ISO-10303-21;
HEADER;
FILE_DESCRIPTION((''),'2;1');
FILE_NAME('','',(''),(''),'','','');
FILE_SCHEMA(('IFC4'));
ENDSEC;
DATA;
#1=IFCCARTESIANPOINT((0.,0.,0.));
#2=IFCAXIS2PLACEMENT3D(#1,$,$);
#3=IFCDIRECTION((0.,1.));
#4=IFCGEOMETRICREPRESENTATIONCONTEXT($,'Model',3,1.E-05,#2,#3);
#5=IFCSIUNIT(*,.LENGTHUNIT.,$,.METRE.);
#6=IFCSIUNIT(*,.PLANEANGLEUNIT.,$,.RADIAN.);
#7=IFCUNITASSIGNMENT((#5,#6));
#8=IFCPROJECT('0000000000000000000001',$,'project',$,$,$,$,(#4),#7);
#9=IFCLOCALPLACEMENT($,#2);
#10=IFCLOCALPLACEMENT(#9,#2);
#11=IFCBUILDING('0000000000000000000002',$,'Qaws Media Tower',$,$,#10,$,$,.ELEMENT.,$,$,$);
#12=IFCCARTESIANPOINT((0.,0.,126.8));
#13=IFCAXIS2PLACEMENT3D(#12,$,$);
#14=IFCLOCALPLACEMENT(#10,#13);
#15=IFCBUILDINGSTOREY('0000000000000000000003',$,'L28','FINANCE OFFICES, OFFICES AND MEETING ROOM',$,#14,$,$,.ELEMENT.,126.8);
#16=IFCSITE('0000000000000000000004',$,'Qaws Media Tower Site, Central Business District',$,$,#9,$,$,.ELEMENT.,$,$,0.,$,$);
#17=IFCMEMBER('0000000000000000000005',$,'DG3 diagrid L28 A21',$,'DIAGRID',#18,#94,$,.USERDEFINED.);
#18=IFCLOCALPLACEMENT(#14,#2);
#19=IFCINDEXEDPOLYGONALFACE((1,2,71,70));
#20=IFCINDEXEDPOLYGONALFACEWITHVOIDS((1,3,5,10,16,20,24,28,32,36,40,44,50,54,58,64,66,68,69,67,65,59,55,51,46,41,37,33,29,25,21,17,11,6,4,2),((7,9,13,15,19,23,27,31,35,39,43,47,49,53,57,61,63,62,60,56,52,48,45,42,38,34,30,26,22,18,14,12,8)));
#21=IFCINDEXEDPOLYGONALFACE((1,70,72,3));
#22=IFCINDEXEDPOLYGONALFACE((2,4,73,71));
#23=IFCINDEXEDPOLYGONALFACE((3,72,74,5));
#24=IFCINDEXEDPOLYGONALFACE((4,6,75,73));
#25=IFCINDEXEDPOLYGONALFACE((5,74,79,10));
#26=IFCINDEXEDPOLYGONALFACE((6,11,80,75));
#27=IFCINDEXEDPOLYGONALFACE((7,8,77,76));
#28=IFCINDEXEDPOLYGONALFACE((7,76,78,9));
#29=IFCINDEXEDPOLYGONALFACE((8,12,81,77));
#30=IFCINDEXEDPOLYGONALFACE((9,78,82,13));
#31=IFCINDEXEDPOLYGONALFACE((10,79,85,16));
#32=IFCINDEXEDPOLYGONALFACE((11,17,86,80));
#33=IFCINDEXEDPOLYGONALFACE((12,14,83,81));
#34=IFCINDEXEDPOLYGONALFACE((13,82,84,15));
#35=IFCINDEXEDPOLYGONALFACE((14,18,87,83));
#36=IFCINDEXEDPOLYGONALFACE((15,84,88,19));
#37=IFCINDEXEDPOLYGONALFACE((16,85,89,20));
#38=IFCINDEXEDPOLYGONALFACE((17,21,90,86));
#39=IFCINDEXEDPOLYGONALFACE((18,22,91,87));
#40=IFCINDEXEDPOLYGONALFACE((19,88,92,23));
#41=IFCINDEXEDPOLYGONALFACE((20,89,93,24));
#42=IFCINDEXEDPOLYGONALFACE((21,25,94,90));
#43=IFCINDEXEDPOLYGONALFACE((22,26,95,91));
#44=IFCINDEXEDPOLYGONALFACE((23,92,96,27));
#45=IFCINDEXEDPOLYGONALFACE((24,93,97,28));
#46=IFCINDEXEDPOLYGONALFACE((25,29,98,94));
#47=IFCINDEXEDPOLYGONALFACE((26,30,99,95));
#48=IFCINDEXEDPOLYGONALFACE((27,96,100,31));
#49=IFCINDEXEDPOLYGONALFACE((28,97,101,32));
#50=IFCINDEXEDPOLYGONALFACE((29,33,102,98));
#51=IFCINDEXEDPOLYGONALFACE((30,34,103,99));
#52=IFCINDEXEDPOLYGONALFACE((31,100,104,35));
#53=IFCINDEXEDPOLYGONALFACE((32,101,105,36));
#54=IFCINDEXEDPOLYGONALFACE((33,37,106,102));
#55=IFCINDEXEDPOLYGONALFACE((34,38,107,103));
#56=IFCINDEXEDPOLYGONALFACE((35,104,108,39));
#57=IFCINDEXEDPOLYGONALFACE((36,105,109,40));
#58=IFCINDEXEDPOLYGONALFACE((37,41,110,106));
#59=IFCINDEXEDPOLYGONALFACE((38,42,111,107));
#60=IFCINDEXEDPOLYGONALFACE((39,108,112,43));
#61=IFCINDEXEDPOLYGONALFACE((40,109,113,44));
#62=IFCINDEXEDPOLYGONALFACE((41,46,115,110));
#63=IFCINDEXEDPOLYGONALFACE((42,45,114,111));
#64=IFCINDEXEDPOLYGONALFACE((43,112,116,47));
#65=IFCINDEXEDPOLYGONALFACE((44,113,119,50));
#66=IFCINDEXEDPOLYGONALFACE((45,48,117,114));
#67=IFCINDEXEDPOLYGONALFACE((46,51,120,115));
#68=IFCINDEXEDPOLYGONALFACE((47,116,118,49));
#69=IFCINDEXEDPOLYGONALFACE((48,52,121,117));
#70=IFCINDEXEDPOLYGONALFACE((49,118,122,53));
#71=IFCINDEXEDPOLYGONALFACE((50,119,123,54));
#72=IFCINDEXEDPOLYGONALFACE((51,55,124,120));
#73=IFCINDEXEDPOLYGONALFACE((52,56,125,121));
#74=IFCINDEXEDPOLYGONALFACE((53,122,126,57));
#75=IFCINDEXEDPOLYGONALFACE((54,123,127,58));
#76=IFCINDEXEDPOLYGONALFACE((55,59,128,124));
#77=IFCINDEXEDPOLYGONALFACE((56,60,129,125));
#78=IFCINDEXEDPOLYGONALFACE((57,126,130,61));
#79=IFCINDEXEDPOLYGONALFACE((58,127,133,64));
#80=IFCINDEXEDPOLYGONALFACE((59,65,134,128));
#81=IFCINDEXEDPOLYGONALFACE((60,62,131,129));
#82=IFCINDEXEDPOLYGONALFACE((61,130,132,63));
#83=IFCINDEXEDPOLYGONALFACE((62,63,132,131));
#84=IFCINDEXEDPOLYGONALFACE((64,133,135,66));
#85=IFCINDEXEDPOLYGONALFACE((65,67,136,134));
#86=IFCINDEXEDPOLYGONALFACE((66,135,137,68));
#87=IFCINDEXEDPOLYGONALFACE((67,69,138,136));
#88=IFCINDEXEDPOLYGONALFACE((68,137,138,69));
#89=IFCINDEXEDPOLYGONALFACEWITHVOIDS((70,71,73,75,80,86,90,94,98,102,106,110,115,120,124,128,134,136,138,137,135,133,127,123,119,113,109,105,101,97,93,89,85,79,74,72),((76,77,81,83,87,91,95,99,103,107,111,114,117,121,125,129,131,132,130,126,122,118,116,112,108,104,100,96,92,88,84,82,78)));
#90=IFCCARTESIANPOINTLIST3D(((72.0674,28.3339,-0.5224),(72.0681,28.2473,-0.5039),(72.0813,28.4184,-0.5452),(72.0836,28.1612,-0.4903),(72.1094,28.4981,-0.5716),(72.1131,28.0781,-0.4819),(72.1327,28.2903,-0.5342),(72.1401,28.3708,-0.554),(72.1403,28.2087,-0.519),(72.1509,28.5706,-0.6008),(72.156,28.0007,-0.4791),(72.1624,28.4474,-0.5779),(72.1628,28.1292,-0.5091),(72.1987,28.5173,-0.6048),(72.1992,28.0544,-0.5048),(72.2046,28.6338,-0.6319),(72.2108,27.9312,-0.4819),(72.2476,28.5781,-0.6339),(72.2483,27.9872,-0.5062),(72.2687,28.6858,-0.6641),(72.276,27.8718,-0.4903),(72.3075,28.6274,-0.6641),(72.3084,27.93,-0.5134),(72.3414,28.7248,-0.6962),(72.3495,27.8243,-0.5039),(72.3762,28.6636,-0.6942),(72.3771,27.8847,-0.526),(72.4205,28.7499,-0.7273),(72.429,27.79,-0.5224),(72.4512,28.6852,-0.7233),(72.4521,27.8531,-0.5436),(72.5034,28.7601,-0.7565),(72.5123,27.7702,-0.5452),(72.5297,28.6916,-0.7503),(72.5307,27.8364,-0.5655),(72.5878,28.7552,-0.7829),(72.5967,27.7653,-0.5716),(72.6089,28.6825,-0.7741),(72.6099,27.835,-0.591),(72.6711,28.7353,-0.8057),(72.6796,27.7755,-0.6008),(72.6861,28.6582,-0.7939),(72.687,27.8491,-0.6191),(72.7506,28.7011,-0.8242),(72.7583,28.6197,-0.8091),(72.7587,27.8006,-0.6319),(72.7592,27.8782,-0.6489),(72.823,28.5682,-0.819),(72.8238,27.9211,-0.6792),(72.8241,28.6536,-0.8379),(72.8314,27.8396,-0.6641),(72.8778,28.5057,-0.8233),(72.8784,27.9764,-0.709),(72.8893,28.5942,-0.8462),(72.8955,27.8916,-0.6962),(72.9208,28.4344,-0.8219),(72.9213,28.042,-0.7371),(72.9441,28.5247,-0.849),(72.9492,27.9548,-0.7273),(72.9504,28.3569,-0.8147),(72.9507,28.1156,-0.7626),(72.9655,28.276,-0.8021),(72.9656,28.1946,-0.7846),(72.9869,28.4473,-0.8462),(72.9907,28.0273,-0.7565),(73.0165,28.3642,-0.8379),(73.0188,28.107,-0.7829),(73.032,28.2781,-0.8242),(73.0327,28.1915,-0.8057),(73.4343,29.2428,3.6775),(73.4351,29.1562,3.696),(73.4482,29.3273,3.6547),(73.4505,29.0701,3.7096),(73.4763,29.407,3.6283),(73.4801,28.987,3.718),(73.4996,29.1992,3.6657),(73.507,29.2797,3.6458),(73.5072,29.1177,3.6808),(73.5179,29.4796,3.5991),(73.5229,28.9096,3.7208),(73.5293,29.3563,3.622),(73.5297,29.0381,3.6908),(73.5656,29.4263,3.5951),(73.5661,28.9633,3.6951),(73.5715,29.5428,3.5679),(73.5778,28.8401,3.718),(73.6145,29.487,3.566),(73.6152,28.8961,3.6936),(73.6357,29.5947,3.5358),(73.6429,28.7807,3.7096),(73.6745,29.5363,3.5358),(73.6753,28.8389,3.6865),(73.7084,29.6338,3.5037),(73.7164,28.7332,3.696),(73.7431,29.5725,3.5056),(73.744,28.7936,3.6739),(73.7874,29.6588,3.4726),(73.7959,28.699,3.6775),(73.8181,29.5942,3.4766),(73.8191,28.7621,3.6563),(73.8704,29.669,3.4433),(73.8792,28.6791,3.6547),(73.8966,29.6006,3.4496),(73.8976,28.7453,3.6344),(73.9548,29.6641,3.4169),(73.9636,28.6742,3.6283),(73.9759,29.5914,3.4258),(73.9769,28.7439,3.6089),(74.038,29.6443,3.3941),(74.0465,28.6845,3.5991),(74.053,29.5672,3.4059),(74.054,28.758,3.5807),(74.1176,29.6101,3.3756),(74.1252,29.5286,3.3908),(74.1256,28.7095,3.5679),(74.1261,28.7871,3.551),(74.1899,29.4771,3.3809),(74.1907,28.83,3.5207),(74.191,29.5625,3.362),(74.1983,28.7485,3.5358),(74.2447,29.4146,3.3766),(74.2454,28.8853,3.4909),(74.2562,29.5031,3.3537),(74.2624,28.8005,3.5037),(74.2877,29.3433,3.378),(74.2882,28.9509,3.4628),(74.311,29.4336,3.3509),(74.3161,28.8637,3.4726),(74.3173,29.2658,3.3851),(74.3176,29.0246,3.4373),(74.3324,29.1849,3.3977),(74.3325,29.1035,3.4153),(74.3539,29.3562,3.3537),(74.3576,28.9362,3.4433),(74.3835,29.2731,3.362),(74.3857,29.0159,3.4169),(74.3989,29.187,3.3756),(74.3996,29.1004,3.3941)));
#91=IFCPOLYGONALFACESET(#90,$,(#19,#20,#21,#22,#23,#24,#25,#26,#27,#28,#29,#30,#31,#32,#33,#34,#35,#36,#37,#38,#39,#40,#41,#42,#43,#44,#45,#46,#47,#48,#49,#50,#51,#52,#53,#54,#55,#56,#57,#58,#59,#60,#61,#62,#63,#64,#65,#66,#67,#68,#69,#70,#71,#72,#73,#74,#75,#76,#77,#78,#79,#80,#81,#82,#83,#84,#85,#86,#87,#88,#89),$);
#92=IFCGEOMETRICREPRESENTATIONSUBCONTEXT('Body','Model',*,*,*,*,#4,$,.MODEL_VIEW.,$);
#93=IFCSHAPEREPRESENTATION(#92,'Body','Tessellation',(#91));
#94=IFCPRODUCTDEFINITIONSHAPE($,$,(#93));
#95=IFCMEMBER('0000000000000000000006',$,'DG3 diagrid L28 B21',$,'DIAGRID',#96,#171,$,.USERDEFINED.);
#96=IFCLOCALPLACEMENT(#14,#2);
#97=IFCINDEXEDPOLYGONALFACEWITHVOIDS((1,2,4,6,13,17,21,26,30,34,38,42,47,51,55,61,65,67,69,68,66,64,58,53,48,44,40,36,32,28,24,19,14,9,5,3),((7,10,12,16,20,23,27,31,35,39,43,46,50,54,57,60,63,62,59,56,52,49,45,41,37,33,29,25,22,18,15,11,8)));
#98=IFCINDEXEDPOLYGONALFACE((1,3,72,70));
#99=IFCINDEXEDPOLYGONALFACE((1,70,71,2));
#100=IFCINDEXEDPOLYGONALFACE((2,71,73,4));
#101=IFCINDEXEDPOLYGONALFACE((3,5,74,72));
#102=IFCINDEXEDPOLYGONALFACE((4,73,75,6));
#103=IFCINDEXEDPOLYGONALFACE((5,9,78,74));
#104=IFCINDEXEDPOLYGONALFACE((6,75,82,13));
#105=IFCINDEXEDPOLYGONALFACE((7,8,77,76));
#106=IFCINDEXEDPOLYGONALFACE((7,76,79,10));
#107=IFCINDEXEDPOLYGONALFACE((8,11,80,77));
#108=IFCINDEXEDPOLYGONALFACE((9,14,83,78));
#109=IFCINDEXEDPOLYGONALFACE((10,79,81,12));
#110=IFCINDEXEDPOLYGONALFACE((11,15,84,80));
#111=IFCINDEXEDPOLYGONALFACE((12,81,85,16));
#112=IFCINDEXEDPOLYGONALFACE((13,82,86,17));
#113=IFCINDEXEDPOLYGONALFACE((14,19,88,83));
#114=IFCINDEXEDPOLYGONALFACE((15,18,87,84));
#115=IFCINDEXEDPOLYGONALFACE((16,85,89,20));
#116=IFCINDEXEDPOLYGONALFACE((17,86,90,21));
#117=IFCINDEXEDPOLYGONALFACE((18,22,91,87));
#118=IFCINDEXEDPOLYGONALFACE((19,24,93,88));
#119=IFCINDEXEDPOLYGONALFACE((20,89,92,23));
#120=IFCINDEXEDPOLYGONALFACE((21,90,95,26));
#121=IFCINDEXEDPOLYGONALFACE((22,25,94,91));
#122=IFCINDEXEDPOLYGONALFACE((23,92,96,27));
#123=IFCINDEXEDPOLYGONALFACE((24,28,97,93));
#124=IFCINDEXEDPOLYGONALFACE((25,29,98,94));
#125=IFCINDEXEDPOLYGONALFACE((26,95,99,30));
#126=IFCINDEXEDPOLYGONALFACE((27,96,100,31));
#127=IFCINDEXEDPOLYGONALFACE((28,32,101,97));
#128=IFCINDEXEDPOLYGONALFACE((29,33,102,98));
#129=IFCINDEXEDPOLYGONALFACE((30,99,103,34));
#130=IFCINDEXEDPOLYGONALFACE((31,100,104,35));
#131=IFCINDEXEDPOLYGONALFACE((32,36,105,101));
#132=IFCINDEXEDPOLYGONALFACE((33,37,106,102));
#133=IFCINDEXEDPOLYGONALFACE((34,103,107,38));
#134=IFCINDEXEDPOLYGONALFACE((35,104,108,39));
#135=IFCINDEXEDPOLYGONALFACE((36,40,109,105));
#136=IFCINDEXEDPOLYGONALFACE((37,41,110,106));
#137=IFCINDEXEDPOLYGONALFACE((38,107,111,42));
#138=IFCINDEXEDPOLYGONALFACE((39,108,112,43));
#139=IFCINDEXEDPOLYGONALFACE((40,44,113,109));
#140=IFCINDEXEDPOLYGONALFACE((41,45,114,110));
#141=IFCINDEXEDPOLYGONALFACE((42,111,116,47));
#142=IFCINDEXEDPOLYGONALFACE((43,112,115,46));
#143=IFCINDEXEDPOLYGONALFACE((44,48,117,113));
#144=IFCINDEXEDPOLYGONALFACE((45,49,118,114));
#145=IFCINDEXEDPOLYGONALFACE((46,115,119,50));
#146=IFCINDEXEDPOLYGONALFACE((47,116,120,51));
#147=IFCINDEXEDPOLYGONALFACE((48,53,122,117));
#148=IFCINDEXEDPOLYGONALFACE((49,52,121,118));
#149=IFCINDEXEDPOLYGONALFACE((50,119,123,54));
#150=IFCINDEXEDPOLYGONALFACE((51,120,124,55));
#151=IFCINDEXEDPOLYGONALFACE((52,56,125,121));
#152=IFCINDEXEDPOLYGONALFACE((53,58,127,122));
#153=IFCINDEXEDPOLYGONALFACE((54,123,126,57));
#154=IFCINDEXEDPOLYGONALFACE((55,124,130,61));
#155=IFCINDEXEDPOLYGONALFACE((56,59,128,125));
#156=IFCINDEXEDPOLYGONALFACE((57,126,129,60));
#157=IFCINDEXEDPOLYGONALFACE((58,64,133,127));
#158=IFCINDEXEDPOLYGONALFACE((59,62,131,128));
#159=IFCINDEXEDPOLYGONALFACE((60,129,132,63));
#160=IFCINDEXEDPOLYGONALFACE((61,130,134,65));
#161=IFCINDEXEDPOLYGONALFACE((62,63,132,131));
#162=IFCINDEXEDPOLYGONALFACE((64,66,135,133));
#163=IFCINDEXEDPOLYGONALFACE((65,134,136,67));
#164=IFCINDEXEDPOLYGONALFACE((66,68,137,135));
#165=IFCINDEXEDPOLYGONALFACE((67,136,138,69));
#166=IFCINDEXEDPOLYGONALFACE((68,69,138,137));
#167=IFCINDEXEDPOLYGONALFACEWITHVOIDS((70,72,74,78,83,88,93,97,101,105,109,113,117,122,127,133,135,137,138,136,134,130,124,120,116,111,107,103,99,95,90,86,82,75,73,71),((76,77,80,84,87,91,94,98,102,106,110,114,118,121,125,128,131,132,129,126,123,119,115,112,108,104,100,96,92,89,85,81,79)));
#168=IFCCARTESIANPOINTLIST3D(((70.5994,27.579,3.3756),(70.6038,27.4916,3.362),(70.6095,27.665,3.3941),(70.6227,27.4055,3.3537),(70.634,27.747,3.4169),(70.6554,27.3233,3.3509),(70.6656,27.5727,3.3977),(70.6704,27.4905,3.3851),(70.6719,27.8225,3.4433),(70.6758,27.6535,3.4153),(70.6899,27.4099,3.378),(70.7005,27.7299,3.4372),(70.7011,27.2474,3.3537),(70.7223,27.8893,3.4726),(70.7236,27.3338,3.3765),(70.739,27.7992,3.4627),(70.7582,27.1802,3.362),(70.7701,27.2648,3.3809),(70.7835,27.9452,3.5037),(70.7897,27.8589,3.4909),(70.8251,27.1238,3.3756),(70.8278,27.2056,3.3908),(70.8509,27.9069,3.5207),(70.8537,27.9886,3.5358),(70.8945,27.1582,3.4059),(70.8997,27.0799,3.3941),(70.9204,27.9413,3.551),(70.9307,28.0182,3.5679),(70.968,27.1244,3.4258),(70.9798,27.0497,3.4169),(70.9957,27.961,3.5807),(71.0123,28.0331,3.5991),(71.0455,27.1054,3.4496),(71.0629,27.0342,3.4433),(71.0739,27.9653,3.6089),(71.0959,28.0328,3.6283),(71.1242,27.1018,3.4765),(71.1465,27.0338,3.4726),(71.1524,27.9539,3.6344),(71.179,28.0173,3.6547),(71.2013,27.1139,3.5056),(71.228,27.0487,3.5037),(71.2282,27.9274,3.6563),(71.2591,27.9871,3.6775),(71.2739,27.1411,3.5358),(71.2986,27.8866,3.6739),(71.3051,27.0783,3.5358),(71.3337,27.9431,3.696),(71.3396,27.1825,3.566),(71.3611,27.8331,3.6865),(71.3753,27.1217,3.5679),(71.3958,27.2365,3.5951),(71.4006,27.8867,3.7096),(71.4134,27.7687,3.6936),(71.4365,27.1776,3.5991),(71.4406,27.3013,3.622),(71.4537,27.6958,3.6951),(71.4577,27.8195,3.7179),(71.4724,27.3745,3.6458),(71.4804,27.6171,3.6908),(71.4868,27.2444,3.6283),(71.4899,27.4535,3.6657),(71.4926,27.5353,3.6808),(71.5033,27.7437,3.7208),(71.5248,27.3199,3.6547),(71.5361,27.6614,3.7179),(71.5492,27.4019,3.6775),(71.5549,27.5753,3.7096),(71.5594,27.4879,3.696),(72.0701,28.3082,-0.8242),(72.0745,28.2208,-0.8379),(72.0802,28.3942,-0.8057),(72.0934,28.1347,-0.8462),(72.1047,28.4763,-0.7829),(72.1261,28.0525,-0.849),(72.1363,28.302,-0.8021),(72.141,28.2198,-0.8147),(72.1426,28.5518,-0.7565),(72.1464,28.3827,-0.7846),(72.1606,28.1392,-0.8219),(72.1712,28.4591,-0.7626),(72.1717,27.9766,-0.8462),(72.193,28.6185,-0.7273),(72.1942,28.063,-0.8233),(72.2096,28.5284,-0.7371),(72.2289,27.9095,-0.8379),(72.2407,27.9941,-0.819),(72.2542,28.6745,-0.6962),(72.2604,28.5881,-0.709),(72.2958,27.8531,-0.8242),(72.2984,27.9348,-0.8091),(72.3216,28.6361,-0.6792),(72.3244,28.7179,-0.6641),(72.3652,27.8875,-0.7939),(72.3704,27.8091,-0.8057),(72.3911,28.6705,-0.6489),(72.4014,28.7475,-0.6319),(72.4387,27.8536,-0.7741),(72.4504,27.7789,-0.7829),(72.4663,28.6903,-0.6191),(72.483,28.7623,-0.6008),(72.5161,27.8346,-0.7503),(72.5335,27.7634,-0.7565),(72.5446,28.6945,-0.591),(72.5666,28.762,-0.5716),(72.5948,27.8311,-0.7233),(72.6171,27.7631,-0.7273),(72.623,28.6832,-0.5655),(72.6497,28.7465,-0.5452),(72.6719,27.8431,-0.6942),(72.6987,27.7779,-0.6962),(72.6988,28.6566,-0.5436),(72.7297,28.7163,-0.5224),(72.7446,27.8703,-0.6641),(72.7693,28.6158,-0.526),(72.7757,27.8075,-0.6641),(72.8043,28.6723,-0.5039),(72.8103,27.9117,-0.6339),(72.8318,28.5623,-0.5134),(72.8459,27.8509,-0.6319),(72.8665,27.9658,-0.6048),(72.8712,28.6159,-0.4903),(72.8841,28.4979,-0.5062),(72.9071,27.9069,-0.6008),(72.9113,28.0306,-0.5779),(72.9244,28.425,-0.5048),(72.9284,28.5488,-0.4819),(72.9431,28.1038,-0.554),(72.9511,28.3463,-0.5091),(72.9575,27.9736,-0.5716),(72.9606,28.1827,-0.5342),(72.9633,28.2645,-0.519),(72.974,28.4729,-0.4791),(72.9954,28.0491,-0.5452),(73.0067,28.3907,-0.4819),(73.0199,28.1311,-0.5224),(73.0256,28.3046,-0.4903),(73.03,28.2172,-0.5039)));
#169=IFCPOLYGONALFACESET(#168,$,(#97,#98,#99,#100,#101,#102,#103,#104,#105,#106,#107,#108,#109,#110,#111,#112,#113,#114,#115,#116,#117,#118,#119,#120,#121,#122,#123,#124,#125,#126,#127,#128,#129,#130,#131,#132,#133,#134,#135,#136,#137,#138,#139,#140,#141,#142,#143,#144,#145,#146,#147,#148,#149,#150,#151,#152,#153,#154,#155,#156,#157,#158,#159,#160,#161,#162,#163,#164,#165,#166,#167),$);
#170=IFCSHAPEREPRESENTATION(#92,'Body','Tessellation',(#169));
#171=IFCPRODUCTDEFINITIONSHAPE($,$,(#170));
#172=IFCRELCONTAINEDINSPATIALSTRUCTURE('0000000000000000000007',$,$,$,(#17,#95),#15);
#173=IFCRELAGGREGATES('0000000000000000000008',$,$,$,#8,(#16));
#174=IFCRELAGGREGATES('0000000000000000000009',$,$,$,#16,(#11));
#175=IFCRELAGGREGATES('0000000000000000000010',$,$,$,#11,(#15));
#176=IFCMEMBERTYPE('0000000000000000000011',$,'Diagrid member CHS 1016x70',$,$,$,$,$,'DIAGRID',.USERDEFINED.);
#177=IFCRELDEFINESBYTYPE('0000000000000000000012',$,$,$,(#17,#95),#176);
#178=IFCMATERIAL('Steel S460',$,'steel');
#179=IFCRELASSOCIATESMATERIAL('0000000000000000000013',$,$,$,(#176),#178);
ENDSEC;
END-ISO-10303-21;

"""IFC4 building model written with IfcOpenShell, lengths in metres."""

from ifc_helpers import new_model, si_unit, direction, frame, origin, origin_2d, place, context, subcontext, project, spatial, hollow_circle, extrude, material, material_profile, profile_set, type_object, element, save


model = new_model("IFC4")

# Units and contexts
model_context = context("Model", 3, precision=1e-05, world=origin(), true_north=direction((0.0, 1.0)))
body_context = subcontext(model_context, "Body", "Model", "MODEL_VIEW")
ifc_project = project(units=[si_unit("LENGTHUNIT", "METRE"), si_unit("PLANEANGLEUNIT", "RADIAN")], contexts=[model_context])

# Site, building, storey
site_placement = place(None, origin())
site = spatial("IfcSite", under=ifc_project, at=site_placement, Name="Qaws Media Tower Site, Central Business District", CompositionType="ELEMENT", RefElevation=0.0)
building_placement = place(site_placement, origin())
building = spatial("IfcBuilding", under=site, at=building_placement, Name="Qaws Media Tower", CompositionType="ELEMENT")
storey_placement = place(building_placement, frame((0.0, 0.0, 126.8)))
storey = spatial("IfcBuildingStorey", under=building, at=storey_placement, Name="L28", Description="FINANCE OFFICES, OFFICES AND MEETING ROOM", CompositionType="ELEMENT", Elevation=126.8)

# Members
ifc_material_1 = material(Name="Steel S460", Category="steel")
ifc_material_profile_1 = material_profile(ifc_material_1, hollow_circle(Radius=0.5081, WallThickness=0.0701, at=origin_2d()), Name="CHS 1016x70")
ifc_profile_set_1 = profile_set([ifc_material_profile_1], Name="Steel S460")
member_type_1 = type_object("IfcMemberType", Name="Diagrid member CHS 1016x70", ElementType="DIAGRID", PredefinedType="USERDEFINED", material=ifc_profile_set_1)
for number, where, z_axis, x_axis, name in (
    (1, (72.55, 28.2627, -0.6641), (0.303135, 0.201567, 0.931386), (-0.553704, 0.832713, 0.0), "DG3 diagrid L28 A21"),
    (2, (72.55, 28.2627, -0.6641), (-0.326144, -0.161719, 0.931384), (0.444237, -0.895909, 0.0), "DG3 diagrid L28 B21"),
):
    element("IfcMember", number, at=place(storey_placement, frame(where, z_axis=z_axis, x_axis=x_axis)), inside=storey, type_object=member_type_1, Name=name, ObjectType="DIAGRID", PredefinedType="USERDEFINED", context=body_context, shape_type="SweptSolid", body=[
        extrude(hollow_circle(Radius=0.5081, WallThickness=0.0701, at=origin_2d()), origin(), (0.0, 0.0, 1.0), 4.5093),
    ])

save(model, "model.ifc")
